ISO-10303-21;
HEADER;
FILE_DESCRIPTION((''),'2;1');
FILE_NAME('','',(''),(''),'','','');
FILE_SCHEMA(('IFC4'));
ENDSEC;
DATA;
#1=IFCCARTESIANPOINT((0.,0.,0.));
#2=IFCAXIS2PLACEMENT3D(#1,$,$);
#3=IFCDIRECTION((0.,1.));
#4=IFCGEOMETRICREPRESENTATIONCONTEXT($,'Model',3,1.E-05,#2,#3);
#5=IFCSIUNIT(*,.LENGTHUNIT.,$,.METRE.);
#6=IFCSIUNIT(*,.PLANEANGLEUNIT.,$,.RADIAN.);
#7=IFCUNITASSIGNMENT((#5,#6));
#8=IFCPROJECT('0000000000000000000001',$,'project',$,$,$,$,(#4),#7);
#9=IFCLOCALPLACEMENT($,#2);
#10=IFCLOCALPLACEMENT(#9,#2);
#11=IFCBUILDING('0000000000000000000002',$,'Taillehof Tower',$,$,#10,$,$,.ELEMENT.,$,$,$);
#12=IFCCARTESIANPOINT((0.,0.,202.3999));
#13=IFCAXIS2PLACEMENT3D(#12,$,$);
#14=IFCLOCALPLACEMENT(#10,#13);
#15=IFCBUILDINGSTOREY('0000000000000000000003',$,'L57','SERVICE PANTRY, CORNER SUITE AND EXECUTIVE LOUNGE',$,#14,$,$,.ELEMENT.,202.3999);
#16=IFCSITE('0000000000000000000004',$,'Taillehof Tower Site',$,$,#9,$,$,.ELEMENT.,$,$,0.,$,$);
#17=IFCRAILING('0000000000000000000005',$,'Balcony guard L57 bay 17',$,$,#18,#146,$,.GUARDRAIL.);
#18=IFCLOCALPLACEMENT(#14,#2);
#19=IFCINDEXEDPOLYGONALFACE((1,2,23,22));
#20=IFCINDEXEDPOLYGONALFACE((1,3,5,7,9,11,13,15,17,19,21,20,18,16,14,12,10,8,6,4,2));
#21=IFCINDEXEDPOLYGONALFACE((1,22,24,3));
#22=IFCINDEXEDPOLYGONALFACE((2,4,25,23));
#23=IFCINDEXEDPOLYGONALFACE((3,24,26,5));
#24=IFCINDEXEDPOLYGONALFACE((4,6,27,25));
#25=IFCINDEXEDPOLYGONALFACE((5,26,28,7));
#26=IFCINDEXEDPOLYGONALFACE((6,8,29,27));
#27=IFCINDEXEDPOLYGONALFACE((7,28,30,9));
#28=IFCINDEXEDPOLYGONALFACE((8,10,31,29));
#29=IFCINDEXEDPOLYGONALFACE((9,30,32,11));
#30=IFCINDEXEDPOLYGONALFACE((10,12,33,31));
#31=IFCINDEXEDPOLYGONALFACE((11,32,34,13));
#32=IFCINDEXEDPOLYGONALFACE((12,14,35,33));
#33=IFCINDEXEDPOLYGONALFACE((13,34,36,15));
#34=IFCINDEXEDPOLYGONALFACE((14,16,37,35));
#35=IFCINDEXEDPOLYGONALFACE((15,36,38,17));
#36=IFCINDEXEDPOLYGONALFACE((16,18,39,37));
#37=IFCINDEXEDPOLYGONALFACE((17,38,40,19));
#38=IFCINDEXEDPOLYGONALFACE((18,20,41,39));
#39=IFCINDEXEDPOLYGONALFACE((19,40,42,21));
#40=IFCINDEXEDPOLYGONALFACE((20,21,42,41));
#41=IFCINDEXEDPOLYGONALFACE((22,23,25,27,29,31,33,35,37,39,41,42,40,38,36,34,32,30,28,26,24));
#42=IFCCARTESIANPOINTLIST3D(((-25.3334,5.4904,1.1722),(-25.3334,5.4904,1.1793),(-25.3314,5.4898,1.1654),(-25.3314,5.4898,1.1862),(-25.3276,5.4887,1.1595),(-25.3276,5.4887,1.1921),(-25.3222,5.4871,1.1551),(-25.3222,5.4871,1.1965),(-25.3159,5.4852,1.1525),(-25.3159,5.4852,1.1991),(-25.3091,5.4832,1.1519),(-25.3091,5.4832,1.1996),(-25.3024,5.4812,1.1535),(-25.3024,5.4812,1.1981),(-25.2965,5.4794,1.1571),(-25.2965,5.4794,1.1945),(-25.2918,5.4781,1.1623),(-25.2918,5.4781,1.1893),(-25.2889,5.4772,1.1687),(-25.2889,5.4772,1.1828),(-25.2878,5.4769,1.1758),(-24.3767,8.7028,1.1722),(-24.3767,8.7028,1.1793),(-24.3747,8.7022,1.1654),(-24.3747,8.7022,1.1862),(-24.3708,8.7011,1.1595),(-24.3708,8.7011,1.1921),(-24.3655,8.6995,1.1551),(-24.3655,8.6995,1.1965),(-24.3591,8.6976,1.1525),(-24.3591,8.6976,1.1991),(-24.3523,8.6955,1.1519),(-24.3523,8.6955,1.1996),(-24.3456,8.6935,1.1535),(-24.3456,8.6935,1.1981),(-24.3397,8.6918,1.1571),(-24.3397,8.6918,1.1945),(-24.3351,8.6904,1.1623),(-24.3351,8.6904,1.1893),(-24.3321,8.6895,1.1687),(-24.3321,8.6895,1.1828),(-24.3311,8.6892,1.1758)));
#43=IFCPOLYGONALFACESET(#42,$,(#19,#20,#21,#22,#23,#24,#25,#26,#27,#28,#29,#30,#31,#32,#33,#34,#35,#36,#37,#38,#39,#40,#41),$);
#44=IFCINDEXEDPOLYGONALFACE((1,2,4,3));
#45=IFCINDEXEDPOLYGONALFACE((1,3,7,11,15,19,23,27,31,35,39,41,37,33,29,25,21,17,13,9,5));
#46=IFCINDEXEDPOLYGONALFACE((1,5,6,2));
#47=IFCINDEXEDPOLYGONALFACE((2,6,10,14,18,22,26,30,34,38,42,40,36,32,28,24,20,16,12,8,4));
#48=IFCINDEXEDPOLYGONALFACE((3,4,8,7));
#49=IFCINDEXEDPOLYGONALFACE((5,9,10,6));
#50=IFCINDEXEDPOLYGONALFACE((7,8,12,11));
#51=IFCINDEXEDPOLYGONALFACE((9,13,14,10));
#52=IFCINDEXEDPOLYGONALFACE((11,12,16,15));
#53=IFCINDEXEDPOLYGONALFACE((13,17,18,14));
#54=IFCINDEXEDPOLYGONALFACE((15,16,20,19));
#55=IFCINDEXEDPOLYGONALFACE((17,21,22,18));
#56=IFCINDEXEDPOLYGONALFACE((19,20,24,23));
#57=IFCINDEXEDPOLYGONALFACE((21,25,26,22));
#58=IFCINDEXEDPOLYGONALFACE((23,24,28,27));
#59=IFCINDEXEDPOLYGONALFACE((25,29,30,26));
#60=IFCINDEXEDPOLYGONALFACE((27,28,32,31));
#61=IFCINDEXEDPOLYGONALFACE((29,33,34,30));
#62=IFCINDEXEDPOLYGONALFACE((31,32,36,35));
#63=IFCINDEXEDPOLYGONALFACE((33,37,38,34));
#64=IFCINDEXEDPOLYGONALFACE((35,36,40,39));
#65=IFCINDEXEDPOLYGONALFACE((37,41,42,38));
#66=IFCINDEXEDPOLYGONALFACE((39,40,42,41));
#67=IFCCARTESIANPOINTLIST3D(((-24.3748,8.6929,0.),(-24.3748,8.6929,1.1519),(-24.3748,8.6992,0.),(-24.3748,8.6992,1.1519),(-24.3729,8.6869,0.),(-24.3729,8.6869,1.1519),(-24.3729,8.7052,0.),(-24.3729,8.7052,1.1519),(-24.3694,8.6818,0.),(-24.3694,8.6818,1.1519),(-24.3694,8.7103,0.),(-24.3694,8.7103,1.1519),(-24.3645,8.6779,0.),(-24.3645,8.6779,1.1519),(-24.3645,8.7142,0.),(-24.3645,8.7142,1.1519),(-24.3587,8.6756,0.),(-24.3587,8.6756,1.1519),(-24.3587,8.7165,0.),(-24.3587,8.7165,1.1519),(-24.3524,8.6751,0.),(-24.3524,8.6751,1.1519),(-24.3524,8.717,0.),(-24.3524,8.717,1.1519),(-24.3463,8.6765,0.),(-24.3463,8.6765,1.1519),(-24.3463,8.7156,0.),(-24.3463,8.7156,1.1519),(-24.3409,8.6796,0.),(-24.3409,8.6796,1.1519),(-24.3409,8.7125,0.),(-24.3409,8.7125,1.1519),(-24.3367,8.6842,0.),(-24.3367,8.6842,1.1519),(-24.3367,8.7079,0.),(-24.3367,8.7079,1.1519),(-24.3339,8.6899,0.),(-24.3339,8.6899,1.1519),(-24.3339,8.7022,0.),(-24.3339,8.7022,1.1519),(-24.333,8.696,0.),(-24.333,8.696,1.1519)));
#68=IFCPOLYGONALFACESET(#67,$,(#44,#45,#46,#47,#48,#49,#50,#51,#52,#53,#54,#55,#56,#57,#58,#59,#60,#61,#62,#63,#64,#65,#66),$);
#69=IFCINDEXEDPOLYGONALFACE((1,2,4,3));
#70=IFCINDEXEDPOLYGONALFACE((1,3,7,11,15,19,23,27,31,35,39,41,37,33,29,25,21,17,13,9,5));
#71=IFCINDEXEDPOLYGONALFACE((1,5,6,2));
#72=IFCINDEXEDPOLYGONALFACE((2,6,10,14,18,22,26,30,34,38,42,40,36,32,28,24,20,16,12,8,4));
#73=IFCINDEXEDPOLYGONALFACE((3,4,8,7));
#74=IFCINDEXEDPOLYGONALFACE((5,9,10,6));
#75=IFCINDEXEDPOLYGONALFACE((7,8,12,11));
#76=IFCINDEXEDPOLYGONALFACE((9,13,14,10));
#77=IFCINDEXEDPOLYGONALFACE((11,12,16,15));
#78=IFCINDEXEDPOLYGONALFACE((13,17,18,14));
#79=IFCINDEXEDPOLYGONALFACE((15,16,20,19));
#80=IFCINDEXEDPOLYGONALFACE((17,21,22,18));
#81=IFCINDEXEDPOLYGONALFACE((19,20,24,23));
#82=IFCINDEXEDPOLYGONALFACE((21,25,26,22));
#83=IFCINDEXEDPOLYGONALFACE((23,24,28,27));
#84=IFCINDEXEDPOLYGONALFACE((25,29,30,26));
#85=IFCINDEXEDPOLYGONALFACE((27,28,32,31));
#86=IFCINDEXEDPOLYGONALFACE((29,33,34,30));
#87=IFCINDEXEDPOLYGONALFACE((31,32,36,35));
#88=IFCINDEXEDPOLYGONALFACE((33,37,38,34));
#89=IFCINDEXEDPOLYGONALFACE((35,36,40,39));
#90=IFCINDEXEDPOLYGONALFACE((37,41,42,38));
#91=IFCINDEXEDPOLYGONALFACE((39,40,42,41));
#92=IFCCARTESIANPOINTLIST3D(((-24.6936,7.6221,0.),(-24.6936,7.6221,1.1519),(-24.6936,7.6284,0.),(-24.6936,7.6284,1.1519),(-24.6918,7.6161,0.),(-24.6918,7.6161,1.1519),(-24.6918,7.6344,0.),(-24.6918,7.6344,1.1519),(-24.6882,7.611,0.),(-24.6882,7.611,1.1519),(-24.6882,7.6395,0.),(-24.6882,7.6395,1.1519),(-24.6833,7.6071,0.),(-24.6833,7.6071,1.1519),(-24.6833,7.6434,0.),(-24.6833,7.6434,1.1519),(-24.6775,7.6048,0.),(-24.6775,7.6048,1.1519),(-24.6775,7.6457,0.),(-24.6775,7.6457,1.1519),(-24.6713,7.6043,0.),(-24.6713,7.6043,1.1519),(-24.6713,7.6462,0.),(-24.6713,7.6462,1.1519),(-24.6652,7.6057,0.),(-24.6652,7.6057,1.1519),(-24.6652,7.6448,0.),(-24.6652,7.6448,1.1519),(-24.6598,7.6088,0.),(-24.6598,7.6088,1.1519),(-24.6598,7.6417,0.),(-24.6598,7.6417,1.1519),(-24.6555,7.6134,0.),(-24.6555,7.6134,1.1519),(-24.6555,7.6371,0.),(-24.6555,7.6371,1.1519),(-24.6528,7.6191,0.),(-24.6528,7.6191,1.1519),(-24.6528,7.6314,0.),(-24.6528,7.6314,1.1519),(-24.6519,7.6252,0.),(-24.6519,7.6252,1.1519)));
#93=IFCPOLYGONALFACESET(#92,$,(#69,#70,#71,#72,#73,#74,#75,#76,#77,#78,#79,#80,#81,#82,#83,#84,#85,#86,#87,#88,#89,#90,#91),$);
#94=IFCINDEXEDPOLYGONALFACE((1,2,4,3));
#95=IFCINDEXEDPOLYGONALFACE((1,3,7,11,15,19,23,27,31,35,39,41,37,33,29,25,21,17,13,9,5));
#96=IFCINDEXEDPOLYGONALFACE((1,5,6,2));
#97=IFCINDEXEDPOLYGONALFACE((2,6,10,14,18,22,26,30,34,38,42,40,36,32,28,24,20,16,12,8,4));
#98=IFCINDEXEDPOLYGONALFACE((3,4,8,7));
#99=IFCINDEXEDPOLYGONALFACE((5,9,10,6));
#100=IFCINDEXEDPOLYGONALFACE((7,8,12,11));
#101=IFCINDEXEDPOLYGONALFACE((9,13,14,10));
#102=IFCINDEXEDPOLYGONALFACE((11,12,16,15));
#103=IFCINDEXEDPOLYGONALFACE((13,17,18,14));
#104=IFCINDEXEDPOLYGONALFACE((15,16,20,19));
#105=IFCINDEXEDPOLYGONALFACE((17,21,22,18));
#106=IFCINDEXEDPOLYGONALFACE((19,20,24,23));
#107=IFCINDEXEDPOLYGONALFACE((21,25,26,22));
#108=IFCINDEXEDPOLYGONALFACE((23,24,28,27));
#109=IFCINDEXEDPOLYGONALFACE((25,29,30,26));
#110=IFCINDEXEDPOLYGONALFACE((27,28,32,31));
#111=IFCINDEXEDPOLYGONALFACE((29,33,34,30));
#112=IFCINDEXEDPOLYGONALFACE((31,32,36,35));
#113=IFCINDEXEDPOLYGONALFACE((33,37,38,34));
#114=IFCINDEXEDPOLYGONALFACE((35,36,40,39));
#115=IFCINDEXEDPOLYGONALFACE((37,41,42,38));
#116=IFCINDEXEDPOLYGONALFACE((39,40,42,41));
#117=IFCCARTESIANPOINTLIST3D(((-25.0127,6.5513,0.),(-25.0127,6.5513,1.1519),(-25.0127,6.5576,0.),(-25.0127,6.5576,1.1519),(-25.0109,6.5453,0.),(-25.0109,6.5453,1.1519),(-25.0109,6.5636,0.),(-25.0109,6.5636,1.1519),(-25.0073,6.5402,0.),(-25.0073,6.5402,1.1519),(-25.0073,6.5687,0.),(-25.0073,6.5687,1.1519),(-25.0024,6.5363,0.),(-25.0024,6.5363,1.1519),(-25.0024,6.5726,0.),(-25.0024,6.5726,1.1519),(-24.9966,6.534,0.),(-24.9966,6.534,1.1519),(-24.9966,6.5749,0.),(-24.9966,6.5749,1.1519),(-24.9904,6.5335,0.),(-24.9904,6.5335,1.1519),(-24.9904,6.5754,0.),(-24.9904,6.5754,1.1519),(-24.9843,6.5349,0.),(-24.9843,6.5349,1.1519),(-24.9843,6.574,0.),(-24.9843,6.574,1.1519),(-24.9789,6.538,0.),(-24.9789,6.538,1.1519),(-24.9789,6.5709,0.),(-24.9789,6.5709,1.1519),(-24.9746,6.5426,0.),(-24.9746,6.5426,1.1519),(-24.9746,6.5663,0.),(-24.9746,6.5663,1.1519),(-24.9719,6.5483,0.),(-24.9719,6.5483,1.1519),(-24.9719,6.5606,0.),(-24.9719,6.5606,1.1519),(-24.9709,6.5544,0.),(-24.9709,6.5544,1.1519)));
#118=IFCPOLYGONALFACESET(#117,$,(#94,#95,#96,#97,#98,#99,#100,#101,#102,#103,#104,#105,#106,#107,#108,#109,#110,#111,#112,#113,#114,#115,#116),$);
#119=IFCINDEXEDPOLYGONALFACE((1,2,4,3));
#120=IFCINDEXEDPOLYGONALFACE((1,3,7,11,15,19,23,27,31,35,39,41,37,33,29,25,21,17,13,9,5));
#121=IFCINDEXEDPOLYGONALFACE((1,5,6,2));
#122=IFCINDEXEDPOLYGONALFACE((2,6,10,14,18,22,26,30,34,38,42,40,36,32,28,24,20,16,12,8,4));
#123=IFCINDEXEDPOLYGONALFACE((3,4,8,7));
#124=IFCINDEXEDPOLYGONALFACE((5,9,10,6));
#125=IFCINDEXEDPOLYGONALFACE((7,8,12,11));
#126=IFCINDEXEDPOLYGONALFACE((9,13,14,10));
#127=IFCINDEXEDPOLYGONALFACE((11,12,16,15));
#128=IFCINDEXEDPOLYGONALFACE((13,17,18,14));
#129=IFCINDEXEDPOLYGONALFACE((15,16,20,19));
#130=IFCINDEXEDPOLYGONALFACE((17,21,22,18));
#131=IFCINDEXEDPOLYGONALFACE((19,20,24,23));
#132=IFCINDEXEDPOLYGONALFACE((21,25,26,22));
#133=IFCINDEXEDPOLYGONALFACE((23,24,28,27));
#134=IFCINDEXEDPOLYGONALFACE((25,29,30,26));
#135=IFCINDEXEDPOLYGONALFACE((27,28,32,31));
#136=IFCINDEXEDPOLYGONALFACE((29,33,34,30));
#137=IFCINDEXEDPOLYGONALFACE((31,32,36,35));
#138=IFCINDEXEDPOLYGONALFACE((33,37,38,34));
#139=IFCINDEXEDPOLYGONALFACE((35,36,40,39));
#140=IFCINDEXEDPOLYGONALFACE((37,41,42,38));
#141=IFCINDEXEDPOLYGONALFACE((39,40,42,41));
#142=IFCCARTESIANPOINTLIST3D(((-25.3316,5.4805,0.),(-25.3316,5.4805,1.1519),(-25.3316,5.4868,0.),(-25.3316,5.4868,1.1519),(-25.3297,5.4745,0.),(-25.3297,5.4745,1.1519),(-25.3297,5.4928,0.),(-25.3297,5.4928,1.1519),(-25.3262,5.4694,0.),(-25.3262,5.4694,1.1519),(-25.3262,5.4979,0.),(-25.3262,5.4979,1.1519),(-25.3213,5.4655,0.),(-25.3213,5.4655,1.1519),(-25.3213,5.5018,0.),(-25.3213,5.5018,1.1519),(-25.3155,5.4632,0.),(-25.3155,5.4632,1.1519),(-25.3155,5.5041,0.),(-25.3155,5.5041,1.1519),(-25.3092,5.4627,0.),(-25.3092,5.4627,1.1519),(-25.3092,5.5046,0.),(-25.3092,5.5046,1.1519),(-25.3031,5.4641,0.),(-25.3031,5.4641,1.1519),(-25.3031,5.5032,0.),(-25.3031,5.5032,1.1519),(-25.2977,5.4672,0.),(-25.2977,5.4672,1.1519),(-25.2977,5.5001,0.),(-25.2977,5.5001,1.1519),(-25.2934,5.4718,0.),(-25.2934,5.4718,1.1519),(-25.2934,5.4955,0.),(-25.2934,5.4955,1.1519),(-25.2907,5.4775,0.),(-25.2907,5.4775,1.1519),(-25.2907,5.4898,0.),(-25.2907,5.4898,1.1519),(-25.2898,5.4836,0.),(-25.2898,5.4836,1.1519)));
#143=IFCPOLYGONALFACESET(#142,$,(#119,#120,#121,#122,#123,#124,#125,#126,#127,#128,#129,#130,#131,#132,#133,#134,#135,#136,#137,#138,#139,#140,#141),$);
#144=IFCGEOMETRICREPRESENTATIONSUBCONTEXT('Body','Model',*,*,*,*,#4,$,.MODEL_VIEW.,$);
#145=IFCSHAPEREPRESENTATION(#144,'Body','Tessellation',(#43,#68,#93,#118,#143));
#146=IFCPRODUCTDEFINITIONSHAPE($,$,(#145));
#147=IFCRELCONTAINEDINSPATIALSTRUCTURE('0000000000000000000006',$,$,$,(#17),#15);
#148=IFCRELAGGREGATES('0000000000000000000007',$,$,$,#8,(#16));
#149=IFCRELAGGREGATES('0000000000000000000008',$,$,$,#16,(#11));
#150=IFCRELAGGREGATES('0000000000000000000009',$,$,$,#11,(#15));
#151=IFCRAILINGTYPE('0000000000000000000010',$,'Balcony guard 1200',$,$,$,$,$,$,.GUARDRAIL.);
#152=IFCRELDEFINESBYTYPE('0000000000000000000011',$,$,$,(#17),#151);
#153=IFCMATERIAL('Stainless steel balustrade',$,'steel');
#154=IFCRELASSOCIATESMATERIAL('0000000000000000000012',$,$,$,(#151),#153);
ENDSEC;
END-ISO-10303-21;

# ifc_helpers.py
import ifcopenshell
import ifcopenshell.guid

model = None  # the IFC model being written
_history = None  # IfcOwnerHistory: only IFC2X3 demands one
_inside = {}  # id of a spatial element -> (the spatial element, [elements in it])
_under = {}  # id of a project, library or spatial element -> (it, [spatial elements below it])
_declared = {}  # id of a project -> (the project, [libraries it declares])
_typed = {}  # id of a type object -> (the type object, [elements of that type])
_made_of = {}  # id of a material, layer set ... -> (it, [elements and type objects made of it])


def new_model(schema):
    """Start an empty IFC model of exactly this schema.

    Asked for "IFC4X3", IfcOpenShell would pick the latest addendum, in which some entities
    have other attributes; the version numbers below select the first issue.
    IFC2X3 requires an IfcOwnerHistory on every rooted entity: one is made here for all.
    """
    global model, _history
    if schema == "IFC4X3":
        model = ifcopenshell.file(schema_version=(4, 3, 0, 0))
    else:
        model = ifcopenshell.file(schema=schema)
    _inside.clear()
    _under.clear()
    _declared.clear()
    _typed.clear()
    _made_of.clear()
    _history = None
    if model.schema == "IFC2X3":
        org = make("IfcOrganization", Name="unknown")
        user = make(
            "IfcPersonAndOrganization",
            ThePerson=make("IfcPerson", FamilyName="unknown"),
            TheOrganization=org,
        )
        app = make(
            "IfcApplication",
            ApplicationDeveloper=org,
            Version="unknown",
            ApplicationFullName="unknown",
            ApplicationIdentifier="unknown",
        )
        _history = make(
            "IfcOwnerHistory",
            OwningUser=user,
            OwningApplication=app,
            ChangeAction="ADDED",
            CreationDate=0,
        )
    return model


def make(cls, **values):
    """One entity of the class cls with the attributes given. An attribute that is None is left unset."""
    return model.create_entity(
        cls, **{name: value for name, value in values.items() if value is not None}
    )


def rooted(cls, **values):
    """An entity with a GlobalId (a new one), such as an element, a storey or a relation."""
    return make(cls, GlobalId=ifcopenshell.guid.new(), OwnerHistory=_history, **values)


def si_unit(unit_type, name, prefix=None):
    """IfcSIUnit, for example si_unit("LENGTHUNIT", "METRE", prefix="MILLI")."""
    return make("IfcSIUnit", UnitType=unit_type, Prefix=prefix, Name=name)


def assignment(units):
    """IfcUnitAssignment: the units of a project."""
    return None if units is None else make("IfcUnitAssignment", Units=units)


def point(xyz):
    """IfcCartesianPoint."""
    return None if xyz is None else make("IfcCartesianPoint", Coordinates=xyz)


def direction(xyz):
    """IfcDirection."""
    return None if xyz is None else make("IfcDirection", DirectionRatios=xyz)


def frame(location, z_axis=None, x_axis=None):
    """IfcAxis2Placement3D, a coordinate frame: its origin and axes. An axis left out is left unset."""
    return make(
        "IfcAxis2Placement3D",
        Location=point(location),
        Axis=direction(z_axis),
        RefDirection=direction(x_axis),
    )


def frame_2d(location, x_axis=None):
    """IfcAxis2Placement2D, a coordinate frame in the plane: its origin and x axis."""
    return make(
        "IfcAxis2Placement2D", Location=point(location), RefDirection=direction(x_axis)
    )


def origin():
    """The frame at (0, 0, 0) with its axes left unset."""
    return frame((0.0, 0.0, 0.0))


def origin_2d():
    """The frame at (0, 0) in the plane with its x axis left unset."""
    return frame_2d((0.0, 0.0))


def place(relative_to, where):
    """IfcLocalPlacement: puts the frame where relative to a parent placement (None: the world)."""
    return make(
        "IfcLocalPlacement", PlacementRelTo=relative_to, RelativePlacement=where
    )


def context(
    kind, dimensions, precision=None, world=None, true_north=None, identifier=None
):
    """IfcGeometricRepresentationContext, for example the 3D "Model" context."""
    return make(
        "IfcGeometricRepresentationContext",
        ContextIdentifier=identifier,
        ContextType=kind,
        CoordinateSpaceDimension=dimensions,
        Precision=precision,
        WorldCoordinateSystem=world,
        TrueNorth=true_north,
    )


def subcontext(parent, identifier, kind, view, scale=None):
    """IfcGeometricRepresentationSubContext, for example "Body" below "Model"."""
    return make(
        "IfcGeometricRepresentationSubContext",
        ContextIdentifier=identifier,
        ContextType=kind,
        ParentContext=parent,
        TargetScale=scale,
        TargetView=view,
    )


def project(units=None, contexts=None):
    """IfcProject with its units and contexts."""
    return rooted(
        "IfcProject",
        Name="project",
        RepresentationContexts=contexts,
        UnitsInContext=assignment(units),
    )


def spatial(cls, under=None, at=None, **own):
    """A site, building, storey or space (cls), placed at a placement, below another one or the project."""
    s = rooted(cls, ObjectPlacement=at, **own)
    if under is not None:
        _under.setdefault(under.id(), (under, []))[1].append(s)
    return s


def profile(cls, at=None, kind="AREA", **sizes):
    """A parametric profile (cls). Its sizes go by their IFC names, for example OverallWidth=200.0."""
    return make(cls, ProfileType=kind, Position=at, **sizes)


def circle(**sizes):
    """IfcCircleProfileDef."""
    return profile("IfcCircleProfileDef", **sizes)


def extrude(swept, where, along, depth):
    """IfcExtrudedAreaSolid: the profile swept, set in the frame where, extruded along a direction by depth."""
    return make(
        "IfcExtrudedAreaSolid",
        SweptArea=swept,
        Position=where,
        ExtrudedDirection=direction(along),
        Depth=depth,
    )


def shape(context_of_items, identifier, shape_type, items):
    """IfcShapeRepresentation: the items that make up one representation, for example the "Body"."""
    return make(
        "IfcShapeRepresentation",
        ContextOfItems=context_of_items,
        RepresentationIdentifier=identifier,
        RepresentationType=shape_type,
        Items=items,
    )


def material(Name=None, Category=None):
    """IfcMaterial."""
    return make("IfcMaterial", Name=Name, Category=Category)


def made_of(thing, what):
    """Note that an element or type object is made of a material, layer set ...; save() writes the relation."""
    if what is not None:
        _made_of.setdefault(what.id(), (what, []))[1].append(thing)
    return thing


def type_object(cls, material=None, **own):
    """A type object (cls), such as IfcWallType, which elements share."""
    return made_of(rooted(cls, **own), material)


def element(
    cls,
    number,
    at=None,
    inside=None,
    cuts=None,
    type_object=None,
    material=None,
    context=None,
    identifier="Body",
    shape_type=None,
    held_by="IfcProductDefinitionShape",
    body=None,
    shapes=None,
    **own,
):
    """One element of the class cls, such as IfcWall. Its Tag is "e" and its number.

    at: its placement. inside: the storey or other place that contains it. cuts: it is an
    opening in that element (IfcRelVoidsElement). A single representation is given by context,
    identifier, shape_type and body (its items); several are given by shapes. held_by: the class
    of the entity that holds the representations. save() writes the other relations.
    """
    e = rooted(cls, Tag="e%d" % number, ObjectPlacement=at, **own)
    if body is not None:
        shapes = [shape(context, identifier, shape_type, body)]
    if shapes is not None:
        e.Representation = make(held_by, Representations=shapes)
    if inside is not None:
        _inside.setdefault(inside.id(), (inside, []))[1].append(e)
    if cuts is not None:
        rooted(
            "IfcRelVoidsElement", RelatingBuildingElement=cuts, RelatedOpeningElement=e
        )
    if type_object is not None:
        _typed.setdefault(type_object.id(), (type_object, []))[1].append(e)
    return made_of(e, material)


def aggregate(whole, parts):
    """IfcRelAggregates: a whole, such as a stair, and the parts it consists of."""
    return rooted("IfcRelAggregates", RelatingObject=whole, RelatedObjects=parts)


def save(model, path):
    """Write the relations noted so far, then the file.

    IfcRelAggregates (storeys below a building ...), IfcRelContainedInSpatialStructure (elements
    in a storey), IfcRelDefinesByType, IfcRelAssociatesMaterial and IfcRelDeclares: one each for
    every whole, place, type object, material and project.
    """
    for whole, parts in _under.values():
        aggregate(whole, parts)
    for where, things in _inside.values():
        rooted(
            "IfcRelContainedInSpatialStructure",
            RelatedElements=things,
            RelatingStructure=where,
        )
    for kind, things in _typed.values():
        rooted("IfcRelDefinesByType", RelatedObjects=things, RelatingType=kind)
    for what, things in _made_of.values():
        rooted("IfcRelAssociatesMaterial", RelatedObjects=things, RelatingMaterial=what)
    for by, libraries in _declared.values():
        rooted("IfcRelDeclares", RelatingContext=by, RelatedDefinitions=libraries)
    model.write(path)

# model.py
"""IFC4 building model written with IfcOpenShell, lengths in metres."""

from ifc_helpers import new_model, si_unit, direction, frame, origin, origin_2d, place, context, subcontext, project, spatial, circle, extrude, material, type_object, element, save


model = new_model("IFC4")

# Units and contexts
model_context = context("Model", 3, precision=1e-05, world=origin(), true_north=direction((0.0, 1.0)))
body_context = subcontext(model_context, "Body", "Model", "MODEL_VIEW")
ifc_project = project(units=[si_unit("LENGTHUNIT", "METRE"), si_unit("PLANEANGLEUNIT", "RADIAN")], contexts=[model_context])

# Site, building, storey
site_placement = place(None, origin())
site = spatial("IfcSite", under=ifc_project, at=site_placement, Name="Taillehof Tower Site", CompositionType="ELEMENT", RefElevation=0.0)
building_placement = place(site_placement, origin())
building = spatial("IfcBuilding", under=site, at=building_placement, Name="Taillehof Tower", CompositionType="ELEMENT")
storey_placement = place(building_placement, frame((0.0, 0.0, 202.3999)))
storey = spatial("IfcBuildingStorey", under=building, at=storey_placement, Name="L57", Description="SERVICE PANTRY, CORNER SUITE AND EXECUTIVE LOUNGE", CompositionType="ELEMENT", Elevation=202.3999)

# Railing
ifc_material_1 = material(Name="Stainless steel balustrade", Category="steel")
railing_type_1 = type_object("IfcRailingType", Name="Balcony guard 1200", PredefinedType="GUARDRAIL", material=ifc_material_1)
railing_1_placement = place(storey_placement, frame((-24.354, 8.696, 0.0)))
element("IfcRailing", 1, at=railing_1_placement, inside=storey, type_object=railing_type_1, Name="Balcony guard L57 bay 17", PredefinedType="GUARDRAIL", context=body_context, shape_type="SweptSolid", body=[
    extrude(circle(Radius=0.0239, at=origin_2d()), frame((0.0, 0.0, 1.1758), z_axis=(-0.28545, -0.958394, 0.0), x_axis=(0.958394, -0.28545, 0.0)), (0.0, 0.0, 1.0), 3.3518),
    extrude(circle(Radius=0.021, at=origin_2d()), origin(), (0.0, 0.0, 1.0), 1.1519),
    extrude(circle(Radius=0.021, at=origin_2d()), frame((-0.3188, -1.0708, 0.0)), (0.0, 0.0, 1.0), 1.1519),
    extrude(circle(Radius=0.021, at=origin_2d()), frame((-0.6379, -2.1416, 0.0)), (0.0, 0.0, 1.0), 1.1519),
    extrude(circle(Radius=0.021, at=origin_2d()), frame((-0.9568, -3.2124, 0.0)), (0.0, 0.0, 1.0), 1.1519),
])

save(model, "model.ifc")
